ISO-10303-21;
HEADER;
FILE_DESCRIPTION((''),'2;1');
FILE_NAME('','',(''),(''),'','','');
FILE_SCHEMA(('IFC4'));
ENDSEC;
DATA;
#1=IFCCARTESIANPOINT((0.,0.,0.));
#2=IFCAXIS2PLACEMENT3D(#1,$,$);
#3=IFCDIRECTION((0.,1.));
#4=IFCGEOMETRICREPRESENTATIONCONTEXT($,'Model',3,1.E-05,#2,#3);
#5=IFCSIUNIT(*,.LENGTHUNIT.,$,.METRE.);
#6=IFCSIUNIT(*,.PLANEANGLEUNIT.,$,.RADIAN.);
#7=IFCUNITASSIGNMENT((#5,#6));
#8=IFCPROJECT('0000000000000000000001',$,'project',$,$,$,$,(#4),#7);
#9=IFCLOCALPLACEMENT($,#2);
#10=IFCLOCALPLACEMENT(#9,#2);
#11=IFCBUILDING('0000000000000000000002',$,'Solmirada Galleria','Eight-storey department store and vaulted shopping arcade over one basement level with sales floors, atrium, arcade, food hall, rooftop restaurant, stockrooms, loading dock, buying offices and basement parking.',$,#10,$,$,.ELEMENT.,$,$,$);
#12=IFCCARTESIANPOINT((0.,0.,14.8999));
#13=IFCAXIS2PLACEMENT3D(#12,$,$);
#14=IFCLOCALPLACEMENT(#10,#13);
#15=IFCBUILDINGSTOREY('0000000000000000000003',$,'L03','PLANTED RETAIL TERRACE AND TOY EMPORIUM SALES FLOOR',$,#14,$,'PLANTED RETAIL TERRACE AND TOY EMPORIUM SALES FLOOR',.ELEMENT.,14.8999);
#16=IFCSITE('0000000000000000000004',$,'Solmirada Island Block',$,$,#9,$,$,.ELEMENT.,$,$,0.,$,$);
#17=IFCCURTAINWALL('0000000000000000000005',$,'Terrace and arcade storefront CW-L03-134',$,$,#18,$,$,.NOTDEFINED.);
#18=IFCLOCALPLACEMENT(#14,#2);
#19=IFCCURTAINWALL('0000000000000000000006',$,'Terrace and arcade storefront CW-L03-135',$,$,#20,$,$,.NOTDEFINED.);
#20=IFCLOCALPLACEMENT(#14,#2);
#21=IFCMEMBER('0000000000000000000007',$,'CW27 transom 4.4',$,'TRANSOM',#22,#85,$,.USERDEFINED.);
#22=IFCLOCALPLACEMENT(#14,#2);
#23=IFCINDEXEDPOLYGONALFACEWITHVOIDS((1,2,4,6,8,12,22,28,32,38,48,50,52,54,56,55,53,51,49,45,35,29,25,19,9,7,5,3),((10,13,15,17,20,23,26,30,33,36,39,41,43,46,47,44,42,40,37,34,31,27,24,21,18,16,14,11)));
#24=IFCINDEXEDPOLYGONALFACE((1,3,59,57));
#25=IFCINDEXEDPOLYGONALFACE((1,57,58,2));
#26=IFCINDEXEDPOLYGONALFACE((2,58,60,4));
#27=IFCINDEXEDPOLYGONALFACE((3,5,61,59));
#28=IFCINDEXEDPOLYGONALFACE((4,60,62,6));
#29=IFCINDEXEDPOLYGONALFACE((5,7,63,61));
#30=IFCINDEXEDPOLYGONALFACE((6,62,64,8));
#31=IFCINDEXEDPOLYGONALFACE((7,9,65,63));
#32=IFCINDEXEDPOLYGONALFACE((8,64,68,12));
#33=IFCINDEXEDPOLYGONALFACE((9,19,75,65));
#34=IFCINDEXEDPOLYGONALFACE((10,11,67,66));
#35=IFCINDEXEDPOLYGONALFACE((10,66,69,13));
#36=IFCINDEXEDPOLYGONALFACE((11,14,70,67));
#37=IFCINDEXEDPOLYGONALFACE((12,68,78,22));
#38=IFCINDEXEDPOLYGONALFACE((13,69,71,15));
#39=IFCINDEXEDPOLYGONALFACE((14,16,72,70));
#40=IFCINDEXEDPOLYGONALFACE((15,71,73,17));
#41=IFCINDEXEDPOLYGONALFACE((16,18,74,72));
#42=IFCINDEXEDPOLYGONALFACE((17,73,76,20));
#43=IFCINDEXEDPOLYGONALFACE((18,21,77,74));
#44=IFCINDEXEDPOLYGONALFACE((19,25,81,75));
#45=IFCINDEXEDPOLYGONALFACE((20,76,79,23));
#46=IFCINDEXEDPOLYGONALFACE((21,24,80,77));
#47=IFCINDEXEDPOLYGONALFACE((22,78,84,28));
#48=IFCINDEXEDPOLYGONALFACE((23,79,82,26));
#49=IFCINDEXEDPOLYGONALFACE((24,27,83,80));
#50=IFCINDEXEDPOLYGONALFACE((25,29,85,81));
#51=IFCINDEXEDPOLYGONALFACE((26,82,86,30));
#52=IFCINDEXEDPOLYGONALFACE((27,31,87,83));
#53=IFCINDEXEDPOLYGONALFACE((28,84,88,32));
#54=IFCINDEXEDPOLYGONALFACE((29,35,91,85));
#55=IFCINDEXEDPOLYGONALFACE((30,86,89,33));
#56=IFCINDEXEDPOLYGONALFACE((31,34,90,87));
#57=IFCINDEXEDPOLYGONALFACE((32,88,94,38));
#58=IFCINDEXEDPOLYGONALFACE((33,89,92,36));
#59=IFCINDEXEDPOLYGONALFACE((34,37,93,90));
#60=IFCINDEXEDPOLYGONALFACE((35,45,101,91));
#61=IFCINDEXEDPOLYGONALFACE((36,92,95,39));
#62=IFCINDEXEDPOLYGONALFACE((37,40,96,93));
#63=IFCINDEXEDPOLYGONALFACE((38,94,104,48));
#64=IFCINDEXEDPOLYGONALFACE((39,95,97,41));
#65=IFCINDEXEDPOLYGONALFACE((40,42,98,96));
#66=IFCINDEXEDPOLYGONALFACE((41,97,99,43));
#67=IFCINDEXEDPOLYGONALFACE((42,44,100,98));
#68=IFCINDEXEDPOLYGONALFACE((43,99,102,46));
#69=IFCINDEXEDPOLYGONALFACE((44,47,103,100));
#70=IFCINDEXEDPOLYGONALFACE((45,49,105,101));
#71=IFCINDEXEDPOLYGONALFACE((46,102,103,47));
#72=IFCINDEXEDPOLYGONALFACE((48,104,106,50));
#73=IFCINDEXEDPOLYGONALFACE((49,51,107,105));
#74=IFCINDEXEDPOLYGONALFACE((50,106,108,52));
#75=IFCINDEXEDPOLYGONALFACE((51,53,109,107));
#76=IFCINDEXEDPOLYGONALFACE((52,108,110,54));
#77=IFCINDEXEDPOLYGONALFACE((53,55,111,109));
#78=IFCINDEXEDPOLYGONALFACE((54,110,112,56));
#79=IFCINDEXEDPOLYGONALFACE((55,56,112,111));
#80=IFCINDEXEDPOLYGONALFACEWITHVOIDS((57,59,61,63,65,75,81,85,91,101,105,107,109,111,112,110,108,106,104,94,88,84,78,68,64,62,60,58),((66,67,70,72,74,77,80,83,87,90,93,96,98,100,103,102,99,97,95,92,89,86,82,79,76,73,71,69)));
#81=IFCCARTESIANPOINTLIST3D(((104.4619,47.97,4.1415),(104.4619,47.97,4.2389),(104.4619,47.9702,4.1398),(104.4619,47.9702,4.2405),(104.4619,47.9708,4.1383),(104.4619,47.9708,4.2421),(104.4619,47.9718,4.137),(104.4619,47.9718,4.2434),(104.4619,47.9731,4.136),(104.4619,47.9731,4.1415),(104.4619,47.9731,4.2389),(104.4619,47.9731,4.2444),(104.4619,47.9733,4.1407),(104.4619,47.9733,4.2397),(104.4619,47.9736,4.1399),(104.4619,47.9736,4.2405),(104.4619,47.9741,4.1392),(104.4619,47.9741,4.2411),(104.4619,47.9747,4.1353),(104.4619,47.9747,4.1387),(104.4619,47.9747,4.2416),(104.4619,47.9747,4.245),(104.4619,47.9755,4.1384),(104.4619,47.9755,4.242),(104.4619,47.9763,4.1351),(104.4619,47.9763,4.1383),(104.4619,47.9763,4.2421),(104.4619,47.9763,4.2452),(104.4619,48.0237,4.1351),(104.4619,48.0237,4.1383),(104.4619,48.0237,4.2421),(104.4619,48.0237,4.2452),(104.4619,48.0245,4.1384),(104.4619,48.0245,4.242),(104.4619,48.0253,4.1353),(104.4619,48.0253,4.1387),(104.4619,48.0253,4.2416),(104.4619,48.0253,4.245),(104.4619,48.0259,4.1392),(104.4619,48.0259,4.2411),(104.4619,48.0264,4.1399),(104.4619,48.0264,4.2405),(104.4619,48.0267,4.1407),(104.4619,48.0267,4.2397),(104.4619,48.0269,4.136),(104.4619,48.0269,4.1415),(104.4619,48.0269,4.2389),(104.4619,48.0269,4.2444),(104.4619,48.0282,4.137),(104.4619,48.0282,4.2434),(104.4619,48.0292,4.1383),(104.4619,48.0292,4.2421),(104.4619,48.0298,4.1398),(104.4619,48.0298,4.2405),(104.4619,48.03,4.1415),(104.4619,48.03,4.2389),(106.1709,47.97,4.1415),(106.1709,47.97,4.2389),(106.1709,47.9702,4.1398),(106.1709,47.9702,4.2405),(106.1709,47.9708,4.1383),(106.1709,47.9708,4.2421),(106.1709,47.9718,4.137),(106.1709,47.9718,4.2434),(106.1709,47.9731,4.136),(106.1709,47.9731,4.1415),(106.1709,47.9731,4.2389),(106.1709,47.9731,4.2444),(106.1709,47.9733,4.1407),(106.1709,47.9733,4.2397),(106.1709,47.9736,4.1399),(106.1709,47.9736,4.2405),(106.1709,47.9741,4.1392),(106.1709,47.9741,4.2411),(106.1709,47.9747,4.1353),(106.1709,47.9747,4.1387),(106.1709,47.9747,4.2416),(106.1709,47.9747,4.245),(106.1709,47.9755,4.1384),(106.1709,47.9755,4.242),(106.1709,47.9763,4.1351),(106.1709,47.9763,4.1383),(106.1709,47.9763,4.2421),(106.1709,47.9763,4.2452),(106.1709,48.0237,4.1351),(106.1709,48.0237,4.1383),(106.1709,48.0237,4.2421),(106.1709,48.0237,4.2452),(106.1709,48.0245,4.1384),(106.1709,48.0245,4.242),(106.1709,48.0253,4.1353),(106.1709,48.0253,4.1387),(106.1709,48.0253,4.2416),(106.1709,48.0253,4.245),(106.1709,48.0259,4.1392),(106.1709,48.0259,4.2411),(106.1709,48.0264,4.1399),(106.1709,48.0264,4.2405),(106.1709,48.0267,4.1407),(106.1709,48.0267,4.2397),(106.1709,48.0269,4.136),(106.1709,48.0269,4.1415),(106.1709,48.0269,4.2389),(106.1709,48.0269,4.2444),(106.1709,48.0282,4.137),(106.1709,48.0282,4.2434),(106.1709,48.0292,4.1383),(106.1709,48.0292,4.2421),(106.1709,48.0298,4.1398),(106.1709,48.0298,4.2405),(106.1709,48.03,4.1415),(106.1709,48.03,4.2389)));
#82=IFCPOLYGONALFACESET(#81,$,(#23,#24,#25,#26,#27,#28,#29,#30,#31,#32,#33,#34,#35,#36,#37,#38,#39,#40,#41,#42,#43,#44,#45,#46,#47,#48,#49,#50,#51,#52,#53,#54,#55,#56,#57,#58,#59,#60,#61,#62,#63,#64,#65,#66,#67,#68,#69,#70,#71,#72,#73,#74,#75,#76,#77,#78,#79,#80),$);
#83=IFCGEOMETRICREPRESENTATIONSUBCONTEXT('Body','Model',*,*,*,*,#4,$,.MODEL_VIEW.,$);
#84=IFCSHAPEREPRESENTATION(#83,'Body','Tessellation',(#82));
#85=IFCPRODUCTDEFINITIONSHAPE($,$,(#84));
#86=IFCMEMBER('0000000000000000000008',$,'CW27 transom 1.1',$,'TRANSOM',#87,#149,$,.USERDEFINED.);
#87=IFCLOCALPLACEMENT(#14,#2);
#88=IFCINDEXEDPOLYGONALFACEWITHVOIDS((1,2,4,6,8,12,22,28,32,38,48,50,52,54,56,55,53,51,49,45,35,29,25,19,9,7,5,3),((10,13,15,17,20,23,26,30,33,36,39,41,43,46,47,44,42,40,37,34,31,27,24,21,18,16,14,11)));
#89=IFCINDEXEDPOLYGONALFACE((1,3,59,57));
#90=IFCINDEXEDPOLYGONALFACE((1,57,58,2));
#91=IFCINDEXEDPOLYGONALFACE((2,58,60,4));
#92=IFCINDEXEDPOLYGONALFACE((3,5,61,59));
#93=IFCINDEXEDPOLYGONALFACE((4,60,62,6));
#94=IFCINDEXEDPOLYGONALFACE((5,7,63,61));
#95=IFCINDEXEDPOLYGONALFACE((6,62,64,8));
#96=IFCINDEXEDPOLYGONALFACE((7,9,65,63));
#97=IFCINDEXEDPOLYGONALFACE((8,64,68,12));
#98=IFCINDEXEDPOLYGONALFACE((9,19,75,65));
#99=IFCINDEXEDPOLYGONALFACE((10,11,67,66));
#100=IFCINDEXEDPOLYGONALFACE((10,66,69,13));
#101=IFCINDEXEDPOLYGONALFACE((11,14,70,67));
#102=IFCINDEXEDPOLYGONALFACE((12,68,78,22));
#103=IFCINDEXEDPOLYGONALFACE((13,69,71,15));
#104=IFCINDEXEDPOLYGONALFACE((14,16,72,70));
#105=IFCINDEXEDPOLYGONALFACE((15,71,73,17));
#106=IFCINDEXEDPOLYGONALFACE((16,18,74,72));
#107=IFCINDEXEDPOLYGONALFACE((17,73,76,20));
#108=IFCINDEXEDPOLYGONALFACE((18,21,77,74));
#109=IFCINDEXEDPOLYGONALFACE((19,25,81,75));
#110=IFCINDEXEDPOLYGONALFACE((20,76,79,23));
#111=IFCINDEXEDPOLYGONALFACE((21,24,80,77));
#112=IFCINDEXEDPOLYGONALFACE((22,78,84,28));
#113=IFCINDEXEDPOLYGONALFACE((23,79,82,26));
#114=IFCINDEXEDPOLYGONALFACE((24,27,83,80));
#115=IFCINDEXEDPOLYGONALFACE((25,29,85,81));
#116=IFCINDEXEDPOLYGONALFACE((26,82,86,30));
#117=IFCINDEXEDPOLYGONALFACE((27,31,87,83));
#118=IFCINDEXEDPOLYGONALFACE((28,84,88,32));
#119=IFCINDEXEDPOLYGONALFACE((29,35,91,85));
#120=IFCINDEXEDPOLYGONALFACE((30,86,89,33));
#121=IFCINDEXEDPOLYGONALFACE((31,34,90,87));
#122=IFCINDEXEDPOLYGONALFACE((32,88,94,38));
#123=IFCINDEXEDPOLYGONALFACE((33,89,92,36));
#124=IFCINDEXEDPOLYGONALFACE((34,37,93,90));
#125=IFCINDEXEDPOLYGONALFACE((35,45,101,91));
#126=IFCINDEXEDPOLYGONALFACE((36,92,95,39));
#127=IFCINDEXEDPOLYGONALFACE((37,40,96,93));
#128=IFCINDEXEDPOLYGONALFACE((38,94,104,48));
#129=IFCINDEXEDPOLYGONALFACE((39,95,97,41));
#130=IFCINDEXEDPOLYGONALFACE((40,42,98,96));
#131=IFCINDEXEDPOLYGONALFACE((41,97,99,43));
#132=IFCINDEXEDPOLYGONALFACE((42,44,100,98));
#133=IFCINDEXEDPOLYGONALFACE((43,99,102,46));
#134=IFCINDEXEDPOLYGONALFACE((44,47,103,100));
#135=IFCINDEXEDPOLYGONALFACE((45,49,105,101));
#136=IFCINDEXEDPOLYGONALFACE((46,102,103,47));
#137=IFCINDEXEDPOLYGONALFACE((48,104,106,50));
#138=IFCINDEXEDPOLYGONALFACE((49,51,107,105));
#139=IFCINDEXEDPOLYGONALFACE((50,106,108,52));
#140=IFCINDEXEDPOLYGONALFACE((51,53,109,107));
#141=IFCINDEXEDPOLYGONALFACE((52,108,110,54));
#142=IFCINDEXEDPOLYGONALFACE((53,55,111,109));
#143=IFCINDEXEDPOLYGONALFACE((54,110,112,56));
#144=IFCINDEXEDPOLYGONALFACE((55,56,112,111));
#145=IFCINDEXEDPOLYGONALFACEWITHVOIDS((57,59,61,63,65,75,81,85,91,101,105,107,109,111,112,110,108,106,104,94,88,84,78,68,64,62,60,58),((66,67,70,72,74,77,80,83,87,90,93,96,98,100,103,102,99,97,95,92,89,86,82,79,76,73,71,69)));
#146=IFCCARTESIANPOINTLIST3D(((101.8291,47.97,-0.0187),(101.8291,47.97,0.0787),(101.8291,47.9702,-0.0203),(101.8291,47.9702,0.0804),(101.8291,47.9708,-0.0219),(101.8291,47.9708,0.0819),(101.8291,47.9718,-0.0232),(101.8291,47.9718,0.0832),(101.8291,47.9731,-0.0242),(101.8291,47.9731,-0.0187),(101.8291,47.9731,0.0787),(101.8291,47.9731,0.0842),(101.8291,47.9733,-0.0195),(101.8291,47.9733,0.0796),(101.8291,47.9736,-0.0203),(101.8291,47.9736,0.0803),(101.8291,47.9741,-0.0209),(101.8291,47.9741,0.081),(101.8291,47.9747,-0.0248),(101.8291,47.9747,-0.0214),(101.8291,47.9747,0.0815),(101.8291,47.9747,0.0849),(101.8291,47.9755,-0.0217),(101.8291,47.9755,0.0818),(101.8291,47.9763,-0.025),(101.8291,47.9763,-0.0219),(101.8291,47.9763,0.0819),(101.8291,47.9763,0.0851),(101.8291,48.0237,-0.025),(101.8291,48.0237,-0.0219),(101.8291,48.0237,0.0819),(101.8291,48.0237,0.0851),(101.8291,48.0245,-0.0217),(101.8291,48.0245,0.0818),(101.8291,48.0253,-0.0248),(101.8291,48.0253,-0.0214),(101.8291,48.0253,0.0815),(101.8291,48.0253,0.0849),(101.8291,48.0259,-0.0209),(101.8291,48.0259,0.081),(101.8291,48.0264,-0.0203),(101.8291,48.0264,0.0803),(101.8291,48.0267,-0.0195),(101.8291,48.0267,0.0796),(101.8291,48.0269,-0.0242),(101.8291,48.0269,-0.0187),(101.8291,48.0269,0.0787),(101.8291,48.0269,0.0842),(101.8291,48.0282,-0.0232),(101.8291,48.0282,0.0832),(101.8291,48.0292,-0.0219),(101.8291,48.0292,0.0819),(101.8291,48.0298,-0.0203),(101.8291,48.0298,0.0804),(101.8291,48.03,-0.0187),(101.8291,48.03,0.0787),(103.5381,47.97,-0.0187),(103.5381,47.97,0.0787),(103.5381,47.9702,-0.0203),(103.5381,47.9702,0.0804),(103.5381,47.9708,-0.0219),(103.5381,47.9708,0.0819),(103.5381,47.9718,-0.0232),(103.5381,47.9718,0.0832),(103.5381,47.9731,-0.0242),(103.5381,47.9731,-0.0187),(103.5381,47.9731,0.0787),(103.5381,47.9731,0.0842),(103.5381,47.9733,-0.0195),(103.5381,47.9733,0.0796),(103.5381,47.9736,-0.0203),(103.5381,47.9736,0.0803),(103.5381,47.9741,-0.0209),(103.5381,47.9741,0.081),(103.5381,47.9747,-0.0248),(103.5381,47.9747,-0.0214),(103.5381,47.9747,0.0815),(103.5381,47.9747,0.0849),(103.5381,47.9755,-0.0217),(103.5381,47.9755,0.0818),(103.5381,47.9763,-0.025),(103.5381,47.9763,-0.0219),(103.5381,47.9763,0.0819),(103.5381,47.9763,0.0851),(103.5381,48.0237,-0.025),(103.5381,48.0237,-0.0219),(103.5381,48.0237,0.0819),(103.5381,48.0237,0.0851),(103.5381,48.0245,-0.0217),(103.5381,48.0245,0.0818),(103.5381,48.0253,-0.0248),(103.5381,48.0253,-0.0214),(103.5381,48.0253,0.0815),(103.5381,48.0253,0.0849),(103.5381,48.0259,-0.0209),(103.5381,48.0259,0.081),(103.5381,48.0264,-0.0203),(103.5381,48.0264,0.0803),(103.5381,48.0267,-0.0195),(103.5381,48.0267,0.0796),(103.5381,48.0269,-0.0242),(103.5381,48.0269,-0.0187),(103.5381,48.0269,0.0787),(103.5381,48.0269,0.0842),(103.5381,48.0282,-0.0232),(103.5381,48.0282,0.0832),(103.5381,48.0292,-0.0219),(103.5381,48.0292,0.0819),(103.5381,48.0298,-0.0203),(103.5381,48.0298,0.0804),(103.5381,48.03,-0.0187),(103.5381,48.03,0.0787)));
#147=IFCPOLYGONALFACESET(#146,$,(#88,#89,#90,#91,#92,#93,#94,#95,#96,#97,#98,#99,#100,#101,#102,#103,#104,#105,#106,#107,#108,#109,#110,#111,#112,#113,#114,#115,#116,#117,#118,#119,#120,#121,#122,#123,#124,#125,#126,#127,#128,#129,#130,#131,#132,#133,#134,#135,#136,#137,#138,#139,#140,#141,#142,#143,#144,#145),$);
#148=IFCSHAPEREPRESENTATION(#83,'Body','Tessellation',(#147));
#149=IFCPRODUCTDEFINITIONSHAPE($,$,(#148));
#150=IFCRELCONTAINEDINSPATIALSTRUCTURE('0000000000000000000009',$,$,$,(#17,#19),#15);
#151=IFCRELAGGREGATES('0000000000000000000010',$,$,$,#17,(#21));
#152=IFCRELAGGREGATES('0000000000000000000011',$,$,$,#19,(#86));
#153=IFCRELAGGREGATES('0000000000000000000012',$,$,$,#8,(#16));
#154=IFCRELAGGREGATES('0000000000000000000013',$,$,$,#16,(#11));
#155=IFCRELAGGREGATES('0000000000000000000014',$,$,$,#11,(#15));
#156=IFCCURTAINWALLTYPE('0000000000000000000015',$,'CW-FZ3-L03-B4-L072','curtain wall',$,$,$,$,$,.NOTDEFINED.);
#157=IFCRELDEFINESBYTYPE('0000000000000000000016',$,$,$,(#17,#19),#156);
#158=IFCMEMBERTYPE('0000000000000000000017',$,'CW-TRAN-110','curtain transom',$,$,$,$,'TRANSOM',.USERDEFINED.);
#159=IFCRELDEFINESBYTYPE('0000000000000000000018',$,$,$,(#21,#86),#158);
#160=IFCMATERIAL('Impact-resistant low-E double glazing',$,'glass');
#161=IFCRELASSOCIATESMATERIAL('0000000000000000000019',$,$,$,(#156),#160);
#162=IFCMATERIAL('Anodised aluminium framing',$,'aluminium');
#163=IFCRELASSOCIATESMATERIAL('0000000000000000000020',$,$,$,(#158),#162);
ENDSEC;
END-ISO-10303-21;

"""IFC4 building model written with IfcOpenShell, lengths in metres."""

from ifc_helpers import new_model, si_unit, direction, frame, origin, origin_2d, place, context, subcontext, project, spatial, hollow_rectangle, extrude, material, material_profile, profile_set, type_object, element, aggregate, save


model = new_model("IFC4")

# Units and contexts
model_context = context("Model", 3, precision=1e-05, world=origin(), true_north=direction((0.0, 1.0)))
body_context = subcontext(model_context, "Body", "Model", "MODEL_VIEW")
ifc_project = project(units=[si_unit("LENGTHUNIT", "METRE"), si_unit("PLANEANGLEUNIT", "RADIAN")], contexts=[model_context])

# Site, building, storey
site_placement = place(None, origin())
site = spatial("IfcSite", under=ifc_project, at=site_placement, Name="Solmirada Island Block", CompositionType="ELEMENT", RefElevation=0.0)
building_placement = place(site_placement, origin())
building = spatial("IfcBuilding", under=site, at=building_placement, Name="Solmirada Galleria", Description="Eight-storey department store and vaulted shopping arcade over one basement level with sales floors, atrium, arcade, food hall, rooftop restaurant, stockrooms, loading dock, buying offices and basement parking.", CompositionType="ELEMENT")
storey_placement = place(building_placement, frame((0.0, 0.0, 14.8999)))
storey = spatial("IfcBuildingStorey", under=building, at=storey_placement, Name="L03", Description="PLANTED RETAIL TERRACE AND TOY EMPORIUM SALES FLOOR", LongName="PLANTED RETAIL TERRACE AND TOY EMPORIUM SALES FLOOR", CompositionType="ELEMENT", Elevation=14.8999)

# Curtain wall
ifc_material_1 = material(Name="Impact-resistant low-E double glazing", Category="glass")
curtain_wall_type_1 = type_object("IfcCurtainWallType", Name="CW-FZ3-L03-B4-L072", Description="curtain wall", PredefinedType="NOTDEFINED", material=ifc_material_1)
curtain_wall_1_placement = place(storey_placement, origin())
curtain_wall_1 = element("IfcCurtainWall", 1, at=curtain_wall_1_placement, inside=storey, type_object=curtain_wall_type_1, Name="Terrace and arcade storefront CW-L03-134", PredefinedType="NOTDEFINED")
ifc_material_2 = material(Name="Anodised aluminium framing", Category="aluminium")

# Curtain wall
curtain_wall_2_placement = place(storey_placement, origin())
curtain_wall_2 = element("IfcCurtainWall", 2, at=curtain_wall_2_placement, inside=storey, type_object=curtain_wall_type_1, Name="Terrace and arcade storefront CW-L03-135", PredefinedType="NOTDEFINED")

# Members
ifc_material_profile_1 = material_profile(ifc_material_2, hollow_rectangle(XDim=0.0601, YDim=0.1101, WallThickness=0.0032, InnerFilletRadius=0.0032, OuterFilletRadius=0.0063, at=origin_2d()), Name="ALU-TRAN-110X60")
ifc_profile_set_1 = profile_set([ifc_material_profile_1], Name="Anodised aluminium framing")
member_type_1 = type_object("IfcMemberType", Name="CW-TRAN-110", Description="curtain transom", ElementType="TRANSOM", PredefinedType="USERDEFINED", material=ifc_profile_set_1)
member_1_placement = place(storey_placement, frame((106.1709, 48.0, 4.1902), z_axis=(-1.0, 0.0, 0.0), x_axis=(0.0, -1.0, 0.0)))
member_1 = element("IfcMember", 3, at=member_1_placement, type_object=member_type_1, Name="CW27 transom 4.4", ObjectType="TRANSOM", PredefinedType="USERDEFINED", context=body_context, shape_type="SweptSolid", body=[
    extrude(hollow_rectangle(XDim=0.0601, YDim=0.1101, WallThickness=0.0032, InnerFilletRadius=0.0032, OuterFilletRadius=0.0063, at=origin_2d()), origin(), (0.0, 0.0, 1.0), 1.709),
])
member_2_placement = place(storey_placement, frame((103.5381, 48.0, 0.03), z_axis=(-1.0, 0.0, 0.0), x_axis=(0.0, -1.0, 0.0)))
member_2 = element("IfcMember", 4, at=member_2_placement, type_object=member_type_1, Name="CW27 transom 1.1", ObjectType="TRANSOM", PredefinedType="USERDEFINED", context=body_context, shape_type="SweptSolid", body=[
    extrude(hollow_rectangle(XDim=0.0601, YDim=0.1101, WallThickness=0.0032, InnerFilletRadius=0.0032, OuterFilletRadius=0.0063, at=origin_2d()), origin(), (0.0, 0.0, 1.0), 1.709),
])

aggregate(curtain_wall_1, [member_1])
aggregate(curtain_wall_2, [member_2])

save(model, "model.ifc")
